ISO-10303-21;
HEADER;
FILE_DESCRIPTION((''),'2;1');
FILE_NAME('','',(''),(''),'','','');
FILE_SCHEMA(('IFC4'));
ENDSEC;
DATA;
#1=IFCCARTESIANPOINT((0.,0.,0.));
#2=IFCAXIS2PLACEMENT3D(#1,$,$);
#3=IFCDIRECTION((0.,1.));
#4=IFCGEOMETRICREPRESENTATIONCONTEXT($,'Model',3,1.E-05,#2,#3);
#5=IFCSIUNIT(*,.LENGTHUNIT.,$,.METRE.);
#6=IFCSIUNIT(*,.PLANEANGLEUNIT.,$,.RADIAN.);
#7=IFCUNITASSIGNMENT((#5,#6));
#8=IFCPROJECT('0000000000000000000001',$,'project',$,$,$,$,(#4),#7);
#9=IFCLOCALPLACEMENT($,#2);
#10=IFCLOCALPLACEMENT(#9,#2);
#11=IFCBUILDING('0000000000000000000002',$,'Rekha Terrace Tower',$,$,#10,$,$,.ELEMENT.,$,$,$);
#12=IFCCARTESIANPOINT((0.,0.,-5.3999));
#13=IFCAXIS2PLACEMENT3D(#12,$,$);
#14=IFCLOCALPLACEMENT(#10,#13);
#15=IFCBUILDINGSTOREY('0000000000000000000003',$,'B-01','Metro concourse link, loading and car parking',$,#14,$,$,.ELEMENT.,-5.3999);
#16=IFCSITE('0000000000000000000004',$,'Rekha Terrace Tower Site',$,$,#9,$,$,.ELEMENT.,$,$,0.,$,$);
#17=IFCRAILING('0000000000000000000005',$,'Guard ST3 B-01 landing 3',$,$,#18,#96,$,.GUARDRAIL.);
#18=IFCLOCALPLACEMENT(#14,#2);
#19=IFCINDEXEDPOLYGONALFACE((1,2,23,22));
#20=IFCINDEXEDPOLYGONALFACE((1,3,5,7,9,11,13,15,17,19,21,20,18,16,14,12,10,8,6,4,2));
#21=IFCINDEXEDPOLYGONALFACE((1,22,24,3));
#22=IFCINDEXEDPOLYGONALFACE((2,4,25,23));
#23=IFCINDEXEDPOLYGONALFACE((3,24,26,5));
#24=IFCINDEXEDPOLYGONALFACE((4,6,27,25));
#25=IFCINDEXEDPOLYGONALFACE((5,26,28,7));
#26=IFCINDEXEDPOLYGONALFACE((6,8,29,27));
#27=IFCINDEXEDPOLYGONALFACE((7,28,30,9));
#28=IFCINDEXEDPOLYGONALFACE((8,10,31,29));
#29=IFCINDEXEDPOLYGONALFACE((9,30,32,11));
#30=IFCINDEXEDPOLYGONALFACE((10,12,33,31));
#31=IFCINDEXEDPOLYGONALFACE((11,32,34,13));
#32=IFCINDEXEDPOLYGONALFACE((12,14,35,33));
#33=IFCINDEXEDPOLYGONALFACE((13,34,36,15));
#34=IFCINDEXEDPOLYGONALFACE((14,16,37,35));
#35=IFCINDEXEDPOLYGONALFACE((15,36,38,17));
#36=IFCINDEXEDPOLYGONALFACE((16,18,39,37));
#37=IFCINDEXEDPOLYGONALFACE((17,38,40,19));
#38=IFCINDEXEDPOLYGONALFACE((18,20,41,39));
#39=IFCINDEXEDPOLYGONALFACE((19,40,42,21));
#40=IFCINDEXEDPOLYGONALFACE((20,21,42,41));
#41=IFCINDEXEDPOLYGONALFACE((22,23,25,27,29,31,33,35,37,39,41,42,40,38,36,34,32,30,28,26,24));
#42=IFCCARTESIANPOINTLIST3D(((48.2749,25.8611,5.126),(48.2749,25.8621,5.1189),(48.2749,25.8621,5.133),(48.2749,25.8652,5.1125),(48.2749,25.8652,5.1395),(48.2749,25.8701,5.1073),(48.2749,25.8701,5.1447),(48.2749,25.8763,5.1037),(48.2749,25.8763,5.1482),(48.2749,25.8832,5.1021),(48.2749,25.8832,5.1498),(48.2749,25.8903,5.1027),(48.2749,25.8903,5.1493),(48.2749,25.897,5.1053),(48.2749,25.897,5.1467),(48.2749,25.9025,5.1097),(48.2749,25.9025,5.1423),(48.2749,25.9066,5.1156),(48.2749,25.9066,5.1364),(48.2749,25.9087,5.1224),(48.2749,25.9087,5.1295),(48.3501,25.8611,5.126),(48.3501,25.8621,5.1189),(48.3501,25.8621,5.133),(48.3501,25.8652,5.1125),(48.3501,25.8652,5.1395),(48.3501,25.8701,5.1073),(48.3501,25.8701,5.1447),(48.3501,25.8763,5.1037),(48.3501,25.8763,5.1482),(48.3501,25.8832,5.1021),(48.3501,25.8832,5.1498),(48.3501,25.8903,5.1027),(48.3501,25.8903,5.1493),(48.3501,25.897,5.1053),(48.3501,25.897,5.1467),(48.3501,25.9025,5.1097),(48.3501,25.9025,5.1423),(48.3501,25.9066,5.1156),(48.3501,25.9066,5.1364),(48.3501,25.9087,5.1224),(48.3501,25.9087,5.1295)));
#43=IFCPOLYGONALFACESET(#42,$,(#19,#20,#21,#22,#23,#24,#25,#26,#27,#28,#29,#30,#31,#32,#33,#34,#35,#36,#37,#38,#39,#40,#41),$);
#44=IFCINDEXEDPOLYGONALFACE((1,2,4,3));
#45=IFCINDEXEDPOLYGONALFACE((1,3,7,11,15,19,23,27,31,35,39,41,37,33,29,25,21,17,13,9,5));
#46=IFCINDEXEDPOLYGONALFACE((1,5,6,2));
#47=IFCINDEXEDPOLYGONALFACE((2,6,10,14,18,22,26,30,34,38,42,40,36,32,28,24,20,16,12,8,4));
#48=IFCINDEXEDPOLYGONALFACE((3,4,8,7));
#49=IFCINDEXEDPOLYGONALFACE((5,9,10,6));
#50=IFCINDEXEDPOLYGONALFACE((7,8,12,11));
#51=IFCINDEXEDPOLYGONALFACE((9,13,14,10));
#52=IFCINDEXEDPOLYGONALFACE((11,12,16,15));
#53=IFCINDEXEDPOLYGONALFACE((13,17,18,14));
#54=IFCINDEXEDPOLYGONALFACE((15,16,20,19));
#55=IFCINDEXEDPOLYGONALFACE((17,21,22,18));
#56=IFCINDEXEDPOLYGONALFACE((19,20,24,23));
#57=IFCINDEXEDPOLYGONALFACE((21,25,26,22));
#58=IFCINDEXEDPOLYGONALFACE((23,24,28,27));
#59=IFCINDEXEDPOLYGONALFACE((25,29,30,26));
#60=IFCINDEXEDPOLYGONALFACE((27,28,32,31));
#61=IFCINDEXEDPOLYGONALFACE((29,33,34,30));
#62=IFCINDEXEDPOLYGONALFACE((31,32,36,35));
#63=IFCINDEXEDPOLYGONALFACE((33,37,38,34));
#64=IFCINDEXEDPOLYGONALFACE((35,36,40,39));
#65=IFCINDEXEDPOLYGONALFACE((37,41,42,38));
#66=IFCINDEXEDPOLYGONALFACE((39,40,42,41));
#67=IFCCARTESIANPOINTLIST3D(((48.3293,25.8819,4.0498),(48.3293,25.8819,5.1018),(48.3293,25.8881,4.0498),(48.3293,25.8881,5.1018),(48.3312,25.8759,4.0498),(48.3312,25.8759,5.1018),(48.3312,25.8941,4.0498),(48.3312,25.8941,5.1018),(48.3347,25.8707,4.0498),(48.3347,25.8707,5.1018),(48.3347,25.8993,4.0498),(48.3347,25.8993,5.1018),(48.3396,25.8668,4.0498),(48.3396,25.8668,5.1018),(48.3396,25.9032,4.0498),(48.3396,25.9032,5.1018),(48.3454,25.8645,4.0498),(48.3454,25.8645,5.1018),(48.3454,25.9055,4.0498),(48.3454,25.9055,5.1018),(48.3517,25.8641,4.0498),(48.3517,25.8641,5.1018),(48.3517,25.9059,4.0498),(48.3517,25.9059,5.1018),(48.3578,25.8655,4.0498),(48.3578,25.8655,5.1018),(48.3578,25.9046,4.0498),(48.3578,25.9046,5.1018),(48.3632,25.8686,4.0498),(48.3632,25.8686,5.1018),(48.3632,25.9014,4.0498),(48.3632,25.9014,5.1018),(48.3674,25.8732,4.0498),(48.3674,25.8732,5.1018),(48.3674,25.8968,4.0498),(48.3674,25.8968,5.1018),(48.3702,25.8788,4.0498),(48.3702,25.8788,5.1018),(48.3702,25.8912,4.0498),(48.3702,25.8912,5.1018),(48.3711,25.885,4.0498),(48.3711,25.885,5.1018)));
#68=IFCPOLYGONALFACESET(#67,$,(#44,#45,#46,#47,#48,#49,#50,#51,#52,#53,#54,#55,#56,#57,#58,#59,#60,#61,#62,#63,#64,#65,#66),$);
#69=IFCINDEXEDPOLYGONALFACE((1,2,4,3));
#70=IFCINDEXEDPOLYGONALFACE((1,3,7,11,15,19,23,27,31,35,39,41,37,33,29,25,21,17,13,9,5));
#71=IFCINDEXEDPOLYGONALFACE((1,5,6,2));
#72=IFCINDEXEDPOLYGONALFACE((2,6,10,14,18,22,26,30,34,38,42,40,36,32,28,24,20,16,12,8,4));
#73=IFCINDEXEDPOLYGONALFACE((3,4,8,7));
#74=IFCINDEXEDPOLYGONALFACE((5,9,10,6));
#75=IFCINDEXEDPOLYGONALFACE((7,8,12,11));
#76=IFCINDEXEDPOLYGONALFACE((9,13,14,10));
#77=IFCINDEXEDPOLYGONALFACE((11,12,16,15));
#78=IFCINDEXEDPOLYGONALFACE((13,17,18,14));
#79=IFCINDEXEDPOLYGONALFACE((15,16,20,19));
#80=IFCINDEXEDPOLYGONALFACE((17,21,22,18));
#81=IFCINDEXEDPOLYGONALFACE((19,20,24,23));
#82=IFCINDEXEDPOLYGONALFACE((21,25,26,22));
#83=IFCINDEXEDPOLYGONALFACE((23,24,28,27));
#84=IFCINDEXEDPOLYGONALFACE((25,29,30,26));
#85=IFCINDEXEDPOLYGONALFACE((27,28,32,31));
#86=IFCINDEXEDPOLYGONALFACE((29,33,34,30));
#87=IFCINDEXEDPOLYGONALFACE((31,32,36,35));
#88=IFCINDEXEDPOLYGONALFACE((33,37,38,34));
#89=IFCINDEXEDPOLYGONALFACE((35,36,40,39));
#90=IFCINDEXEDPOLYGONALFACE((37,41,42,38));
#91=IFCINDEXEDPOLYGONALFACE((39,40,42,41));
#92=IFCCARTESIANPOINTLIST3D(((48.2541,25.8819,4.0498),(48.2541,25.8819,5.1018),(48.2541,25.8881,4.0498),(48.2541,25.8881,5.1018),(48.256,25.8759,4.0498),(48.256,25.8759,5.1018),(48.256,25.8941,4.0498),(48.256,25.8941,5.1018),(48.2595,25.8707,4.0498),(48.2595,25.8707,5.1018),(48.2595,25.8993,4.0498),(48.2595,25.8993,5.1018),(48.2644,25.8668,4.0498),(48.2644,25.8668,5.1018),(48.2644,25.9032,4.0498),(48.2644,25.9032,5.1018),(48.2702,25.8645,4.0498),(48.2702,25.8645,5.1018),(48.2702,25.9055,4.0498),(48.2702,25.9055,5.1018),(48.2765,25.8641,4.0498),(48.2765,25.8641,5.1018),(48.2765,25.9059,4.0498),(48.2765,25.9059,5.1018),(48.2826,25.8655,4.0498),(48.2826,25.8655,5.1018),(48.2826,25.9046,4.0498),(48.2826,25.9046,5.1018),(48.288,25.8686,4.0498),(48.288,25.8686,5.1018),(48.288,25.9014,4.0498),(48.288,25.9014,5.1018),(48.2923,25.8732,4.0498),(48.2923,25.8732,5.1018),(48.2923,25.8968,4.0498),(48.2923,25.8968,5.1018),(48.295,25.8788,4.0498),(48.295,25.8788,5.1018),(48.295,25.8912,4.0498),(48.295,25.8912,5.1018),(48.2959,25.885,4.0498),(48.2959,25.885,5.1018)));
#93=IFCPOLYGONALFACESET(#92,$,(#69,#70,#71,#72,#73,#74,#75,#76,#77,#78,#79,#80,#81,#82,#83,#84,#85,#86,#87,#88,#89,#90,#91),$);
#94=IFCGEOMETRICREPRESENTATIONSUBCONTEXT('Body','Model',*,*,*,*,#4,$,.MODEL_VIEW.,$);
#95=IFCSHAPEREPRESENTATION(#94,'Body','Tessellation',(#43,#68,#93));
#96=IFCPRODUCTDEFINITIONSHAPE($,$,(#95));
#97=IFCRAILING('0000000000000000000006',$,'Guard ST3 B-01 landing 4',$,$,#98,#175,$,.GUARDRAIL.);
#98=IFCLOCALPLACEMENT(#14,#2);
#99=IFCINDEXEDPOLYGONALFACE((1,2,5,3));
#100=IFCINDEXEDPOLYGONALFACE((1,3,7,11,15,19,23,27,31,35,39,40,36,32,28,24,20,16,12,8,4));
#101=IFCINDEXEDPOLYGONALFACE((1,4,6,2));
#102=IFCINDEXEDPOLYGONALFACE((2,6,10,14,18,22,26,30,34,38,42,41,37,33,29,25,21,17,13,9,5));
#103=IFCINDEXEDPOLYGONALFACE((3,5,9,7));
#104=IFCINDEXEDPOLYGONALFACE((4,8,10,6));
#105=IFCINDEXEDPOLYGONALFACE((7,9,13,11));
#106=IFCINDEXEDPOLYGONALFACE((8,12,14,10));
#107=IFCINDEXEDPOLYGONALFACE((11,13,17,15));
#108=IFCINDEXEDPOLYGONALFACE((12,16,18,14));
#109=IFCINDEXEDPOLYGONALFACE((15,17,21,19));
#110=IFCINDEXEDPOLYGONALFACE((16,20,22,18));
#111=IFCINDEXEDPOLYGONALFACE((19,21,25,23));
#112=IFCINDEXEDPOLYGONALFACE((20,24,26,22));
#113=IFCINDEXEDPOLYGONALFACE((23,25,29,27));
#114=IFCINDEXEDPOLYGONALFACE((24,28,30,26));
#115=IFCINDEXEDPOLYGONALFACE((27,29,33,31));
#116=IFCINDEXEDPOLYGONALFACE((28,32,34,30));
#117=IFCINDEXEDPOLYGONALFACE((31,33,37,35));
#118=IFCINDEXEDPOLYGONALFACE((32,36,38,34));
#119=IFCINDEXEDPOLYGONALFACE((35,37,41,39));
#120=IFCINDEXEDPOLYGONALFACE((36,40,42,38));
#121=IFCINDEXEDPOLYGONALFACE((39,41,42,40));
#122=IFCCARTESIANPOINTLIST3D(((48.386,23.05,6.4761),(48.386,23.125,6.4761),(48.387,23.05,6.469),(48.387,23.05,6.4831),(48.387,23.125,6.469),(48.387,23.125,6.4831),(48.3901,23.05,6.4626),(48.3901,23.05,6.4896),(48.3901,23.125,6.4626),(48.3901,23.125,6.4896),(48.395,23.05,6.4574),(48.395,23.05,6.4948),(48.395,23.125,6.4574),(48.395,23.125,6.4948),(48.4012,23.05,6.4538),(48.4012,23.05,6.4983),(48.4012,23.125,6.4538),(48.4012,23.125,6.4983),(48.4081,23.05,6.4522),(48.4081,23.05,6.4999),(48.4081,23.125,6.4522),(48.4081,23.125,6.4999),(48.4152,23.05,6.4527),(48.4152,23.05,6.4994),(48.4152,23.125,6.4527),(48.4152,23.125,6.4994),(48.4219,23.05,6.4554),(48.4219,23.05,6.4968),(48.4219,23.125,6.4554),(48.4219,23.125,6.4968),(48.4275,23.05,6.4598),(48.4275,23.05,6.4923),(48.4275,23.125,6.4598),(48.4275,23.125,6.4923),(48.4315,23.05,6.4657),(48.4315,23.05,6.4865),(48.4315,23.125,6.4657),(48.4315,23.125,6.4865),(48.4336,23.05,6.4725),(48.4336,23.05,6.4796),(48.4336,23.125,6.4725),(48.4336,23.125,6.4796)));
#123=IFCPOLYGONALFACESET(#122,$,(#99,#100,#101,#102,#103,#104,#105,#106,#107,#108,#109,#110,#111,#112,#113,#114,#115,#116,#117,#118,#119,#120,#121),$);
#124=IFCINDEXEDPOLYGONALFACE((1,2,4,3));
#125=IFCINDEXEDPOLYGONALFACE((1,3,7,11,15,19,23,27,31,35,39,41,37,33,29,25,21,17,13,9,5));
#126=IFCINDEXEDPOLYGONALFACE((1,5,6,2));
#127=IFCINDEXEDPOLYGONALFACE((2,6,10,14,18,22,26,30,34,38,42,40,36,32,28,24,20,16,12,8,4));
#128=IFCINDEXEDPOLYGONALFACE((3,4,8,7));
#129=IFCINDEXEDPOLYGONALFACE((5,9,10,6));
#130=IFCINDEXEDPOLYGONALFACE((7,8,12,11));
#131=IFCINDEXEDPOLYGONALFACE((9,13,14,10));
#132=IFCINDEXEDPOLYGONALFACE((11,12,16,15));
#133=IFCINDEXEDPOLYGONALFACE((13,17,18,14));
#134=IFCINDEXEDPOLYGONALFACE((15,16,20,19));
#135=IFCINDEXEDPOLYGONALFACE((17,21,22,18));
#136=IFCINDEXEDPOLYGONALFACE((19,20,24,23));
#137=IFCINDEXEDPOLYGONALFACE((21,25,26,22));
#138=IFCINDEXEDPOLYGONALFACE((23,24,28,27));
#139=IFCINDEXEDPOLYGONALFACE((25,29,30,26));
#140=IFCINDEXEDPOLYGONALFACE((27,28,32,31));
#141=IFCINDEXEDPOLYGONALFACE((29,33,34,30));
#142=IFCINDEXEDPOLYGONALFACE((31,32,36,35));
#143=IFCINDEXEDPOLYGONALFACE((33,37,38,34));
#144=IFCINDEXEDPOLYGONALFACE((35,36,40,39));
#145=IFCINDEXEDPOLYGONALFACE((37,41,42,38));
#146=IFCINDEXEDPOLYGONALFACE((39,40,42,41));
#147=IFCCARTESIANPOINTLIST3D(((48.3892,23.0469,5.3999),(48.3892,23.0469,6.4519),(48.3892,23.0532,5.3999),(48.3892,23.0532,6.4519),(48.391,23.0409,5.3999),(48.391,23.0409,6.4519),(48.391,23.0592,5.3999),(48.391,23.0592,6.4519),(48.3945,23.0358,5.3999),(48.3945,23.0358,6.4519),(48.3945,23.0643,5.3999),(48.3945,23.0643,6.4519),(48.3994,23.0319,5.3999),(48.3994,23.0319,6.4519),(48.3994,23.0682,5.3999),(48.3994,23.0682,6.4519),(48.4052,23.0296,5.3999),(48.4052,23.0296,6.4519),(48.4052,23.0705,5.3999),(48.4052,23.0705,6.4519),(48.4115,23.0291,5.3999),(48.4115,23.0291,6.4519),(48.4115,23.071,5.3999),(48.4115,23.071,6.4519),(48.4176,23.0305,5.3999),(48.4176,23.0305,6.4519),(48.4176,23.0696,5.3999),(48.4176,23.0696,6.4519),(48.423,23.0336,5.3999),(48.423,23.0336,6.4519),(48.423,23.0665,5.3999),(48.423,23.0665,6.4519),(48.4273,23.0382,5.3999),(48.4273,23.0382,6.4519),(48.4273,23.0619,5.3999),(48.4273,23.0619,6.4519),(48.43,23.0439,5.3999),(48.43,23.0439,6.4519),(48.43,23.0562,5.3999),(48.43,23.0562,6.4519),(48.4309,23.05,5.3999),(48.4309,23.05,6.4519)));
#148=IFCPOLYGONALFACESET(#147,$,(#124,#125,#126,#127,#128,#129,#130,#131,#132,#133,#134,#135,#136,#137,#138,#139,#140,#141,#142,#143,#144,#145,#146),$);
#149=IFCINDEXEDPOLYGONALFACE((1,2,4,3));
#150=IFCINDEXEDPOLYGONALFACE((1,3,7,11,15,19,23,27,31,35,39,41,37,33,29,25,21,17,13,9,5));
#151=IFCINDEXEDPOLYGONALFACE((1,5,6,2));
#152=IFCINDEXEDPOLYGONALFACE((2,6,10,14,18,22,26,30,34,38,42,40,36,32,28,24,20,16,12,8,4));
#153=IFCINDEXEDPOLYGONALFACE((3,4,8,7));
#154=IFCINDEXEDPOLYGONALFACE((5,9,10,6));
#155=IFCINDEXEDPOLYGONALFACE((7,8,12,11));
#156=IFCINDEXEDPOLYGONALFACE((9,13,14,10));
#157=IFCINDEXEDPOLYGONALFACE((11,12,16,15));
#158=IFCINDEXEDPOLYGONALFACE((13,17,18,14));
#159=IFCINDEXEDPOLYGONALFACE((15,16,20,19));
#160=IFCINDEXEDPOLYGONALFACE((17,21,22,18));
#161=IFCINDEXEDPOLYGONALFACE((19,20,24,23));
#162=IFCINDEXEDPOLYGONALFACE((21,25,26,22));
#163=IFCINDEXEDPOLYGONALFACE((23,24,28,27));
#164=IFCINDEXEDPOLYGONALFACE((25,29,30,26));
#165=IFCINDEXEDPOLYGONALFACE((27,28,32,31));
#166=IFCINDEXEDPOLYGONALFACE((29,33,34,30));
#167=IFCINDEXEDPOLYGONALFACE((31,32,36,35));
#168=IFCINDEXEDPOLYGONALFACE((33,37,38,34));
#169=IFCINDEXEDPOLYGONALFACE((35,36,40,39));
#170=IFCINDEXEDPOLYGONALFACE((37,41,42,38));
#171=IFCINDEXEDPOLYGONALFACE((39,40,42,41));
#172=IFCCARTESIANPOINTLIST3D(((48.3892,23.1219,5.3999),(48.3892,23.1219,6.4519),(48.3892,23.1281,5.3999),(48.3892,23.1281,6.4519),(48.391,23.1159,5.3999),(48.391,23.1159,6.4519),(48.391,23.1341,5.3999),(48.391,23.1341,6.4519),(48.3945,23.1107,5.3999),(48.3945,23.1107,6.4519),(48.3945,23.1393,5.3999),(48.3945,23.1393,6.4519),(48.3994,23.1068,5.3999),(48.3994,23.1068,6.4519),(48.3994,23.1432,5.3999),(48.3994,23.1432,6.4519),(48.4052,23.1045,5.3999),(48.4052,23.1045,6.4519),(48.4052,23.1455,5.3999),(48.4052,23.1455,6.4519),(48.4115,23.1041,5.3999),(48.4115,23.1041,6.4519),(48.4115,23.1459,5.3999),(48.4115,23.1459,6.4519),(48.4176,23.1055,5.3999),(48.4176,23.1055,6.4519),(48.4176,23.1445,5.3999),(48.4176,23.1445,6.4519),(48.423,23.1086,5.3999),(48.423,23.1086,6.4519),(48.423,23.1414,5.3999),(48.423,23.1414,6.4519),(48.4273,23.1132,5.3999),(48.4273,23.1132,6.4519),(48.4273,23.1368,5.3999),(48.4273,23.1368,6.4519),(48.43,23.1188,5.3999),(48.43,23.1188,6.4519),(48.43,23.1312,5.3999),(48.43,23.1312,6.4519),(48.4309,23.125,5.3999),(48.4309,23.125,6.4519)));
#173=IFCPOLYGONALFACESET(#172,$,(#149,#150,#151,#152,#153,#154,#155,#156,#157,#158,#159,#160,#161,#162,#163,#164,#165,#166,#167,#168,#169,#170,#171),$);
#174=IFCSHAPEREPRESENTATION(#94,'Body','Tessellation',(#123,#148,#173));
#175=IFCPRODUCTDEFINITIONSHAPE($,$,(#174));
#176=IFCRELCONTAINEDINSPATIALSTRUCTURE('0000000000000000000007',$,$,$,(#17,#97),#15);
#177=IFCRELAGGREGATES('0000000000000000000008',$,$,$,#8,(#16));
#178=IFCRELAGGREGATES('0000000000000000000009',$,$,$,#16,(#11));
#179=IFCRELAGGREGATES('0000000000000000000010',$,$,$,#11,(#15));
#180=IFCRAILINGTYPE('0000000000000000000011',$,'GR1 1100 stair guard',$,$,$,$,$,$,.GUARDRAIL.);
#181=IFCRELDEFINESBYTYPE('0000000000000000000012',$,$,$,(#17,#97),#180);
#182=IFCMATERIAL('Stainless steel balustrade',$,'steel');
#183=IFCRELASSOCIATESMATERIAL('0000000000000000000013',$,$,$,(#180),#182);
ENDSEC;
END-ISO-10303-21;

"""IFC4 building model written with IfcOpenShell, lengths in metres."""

from ifc_helpers import new_model, si_unit, direction, frame, origin, origin_2d, place, context, subcontext, project, spatial, circle, extrude, material, type_object, element, save


model = new_model("IFC4")

# Units and contexts
model_context = context("Model", 3, precision=1e-05, world=origin(), true_north=direction((0.0, 1.0)))
body_context = subcontext(model_context, "Body", "Model", "MODEL_VIEW")
ifc_project = project(units=[si_unit("LENGTHUNIT", "METRE"), si_unit("PLANEANGLEUNIT", "RADIAN")], contexts=[model_context])

# Site, building, storey
site_placement = place(None, origin())
site = spatial("IfcSite", under=ifc_project, at=site_placement, Name="Rekha Terrace Tower Site", CompositionType="ELEMENT", RefElevation=0.0)
building_placement = place(site_placement, origin())
building = spatial("IfcBuilding", under=site, at=building_placement, Name="Rekha Terrace Tower", CompositionType="ELEMENT")
storey_placement = place(building_placement, frame((0.0, 0.0, -5.3999)))
storey = spatial("IfcBuildingStorey", under=building, at=storey_placement, Name="B-01", Description="Metro concourse link, loading and car parking", CompositionType="ELEMENT", Elevation=-5.3999)

# Railings
ifc_material_1 = material(Name="Stainless steel balustrade", Category="steel")
railing_type_1 = type_object("IfcRailingType", Name="GR1 1100 stair guard", PredefinedType="GUARDRAIL", material=ifc_material_1)
railing_1_placement = place(storey_placement, frame((48.3501, 25.885, 4.0498)))
element("IfcRailing", 1, at=railing_1_placement, inside=storey, type_object=railing_type_1, Name="Guard ST3 B-01 landing 3", PredefinedType="GUARDRAIL", context=body_context, shape_type="SweptSolid", body=[
    extrude(circle(Radius=0.0239, at=origin_2d()), frame((0.0, 0.0, 1.0762), z_axis=(-1.0, 0.0, 0.0), x_axis=(0.0, -1.0, 0.0)), (0.0, 0.0, 1.0), 0.0752),
    extrude(circle(Radius=0.021, at=origin_2d()), origin(), (0.0, 0.0, 1.0), 1.052),
    extrude(circle(Radius=0.021, at=origin_2d()), frame((-0.0752, 0.0, 0.0)), (0.0, 0.0, 1.0), 1.052),
])
railing_2_placement = place(storey_placement, frame((48.4099, 23.05, 5.3999)))
element("IfcRailing", 2, at=railing_2_placement, inside=storey, type_object=railing_type_1, Name="Guard ST3 B-01 landing 4", PredefinedType="GUARDRAIL", context=body_context, shape_type="SweptSolid", body=[
    extrude(circle(Radius=0.0239, at=origin_2d()), frame((0.0, 0.0, 1.0762), z_axis=(0.0, 1.0, 0.0), x_axis=(-1.0, 0.0, 0.0)), (0.0, 0.0, 1.0), 0.075),
    extrude(circle(Radius=0.021, at=origin_2d()), origin(), (0.0, 0.0, 1.0), 1.052),
    extrude(circle(Radius=0.021, at=origin_2d()), frame((0.0, 0.075, 0.0)), (0.0, 0.0, 1.0), 1.052),
])

save(model, "model.ifc")
